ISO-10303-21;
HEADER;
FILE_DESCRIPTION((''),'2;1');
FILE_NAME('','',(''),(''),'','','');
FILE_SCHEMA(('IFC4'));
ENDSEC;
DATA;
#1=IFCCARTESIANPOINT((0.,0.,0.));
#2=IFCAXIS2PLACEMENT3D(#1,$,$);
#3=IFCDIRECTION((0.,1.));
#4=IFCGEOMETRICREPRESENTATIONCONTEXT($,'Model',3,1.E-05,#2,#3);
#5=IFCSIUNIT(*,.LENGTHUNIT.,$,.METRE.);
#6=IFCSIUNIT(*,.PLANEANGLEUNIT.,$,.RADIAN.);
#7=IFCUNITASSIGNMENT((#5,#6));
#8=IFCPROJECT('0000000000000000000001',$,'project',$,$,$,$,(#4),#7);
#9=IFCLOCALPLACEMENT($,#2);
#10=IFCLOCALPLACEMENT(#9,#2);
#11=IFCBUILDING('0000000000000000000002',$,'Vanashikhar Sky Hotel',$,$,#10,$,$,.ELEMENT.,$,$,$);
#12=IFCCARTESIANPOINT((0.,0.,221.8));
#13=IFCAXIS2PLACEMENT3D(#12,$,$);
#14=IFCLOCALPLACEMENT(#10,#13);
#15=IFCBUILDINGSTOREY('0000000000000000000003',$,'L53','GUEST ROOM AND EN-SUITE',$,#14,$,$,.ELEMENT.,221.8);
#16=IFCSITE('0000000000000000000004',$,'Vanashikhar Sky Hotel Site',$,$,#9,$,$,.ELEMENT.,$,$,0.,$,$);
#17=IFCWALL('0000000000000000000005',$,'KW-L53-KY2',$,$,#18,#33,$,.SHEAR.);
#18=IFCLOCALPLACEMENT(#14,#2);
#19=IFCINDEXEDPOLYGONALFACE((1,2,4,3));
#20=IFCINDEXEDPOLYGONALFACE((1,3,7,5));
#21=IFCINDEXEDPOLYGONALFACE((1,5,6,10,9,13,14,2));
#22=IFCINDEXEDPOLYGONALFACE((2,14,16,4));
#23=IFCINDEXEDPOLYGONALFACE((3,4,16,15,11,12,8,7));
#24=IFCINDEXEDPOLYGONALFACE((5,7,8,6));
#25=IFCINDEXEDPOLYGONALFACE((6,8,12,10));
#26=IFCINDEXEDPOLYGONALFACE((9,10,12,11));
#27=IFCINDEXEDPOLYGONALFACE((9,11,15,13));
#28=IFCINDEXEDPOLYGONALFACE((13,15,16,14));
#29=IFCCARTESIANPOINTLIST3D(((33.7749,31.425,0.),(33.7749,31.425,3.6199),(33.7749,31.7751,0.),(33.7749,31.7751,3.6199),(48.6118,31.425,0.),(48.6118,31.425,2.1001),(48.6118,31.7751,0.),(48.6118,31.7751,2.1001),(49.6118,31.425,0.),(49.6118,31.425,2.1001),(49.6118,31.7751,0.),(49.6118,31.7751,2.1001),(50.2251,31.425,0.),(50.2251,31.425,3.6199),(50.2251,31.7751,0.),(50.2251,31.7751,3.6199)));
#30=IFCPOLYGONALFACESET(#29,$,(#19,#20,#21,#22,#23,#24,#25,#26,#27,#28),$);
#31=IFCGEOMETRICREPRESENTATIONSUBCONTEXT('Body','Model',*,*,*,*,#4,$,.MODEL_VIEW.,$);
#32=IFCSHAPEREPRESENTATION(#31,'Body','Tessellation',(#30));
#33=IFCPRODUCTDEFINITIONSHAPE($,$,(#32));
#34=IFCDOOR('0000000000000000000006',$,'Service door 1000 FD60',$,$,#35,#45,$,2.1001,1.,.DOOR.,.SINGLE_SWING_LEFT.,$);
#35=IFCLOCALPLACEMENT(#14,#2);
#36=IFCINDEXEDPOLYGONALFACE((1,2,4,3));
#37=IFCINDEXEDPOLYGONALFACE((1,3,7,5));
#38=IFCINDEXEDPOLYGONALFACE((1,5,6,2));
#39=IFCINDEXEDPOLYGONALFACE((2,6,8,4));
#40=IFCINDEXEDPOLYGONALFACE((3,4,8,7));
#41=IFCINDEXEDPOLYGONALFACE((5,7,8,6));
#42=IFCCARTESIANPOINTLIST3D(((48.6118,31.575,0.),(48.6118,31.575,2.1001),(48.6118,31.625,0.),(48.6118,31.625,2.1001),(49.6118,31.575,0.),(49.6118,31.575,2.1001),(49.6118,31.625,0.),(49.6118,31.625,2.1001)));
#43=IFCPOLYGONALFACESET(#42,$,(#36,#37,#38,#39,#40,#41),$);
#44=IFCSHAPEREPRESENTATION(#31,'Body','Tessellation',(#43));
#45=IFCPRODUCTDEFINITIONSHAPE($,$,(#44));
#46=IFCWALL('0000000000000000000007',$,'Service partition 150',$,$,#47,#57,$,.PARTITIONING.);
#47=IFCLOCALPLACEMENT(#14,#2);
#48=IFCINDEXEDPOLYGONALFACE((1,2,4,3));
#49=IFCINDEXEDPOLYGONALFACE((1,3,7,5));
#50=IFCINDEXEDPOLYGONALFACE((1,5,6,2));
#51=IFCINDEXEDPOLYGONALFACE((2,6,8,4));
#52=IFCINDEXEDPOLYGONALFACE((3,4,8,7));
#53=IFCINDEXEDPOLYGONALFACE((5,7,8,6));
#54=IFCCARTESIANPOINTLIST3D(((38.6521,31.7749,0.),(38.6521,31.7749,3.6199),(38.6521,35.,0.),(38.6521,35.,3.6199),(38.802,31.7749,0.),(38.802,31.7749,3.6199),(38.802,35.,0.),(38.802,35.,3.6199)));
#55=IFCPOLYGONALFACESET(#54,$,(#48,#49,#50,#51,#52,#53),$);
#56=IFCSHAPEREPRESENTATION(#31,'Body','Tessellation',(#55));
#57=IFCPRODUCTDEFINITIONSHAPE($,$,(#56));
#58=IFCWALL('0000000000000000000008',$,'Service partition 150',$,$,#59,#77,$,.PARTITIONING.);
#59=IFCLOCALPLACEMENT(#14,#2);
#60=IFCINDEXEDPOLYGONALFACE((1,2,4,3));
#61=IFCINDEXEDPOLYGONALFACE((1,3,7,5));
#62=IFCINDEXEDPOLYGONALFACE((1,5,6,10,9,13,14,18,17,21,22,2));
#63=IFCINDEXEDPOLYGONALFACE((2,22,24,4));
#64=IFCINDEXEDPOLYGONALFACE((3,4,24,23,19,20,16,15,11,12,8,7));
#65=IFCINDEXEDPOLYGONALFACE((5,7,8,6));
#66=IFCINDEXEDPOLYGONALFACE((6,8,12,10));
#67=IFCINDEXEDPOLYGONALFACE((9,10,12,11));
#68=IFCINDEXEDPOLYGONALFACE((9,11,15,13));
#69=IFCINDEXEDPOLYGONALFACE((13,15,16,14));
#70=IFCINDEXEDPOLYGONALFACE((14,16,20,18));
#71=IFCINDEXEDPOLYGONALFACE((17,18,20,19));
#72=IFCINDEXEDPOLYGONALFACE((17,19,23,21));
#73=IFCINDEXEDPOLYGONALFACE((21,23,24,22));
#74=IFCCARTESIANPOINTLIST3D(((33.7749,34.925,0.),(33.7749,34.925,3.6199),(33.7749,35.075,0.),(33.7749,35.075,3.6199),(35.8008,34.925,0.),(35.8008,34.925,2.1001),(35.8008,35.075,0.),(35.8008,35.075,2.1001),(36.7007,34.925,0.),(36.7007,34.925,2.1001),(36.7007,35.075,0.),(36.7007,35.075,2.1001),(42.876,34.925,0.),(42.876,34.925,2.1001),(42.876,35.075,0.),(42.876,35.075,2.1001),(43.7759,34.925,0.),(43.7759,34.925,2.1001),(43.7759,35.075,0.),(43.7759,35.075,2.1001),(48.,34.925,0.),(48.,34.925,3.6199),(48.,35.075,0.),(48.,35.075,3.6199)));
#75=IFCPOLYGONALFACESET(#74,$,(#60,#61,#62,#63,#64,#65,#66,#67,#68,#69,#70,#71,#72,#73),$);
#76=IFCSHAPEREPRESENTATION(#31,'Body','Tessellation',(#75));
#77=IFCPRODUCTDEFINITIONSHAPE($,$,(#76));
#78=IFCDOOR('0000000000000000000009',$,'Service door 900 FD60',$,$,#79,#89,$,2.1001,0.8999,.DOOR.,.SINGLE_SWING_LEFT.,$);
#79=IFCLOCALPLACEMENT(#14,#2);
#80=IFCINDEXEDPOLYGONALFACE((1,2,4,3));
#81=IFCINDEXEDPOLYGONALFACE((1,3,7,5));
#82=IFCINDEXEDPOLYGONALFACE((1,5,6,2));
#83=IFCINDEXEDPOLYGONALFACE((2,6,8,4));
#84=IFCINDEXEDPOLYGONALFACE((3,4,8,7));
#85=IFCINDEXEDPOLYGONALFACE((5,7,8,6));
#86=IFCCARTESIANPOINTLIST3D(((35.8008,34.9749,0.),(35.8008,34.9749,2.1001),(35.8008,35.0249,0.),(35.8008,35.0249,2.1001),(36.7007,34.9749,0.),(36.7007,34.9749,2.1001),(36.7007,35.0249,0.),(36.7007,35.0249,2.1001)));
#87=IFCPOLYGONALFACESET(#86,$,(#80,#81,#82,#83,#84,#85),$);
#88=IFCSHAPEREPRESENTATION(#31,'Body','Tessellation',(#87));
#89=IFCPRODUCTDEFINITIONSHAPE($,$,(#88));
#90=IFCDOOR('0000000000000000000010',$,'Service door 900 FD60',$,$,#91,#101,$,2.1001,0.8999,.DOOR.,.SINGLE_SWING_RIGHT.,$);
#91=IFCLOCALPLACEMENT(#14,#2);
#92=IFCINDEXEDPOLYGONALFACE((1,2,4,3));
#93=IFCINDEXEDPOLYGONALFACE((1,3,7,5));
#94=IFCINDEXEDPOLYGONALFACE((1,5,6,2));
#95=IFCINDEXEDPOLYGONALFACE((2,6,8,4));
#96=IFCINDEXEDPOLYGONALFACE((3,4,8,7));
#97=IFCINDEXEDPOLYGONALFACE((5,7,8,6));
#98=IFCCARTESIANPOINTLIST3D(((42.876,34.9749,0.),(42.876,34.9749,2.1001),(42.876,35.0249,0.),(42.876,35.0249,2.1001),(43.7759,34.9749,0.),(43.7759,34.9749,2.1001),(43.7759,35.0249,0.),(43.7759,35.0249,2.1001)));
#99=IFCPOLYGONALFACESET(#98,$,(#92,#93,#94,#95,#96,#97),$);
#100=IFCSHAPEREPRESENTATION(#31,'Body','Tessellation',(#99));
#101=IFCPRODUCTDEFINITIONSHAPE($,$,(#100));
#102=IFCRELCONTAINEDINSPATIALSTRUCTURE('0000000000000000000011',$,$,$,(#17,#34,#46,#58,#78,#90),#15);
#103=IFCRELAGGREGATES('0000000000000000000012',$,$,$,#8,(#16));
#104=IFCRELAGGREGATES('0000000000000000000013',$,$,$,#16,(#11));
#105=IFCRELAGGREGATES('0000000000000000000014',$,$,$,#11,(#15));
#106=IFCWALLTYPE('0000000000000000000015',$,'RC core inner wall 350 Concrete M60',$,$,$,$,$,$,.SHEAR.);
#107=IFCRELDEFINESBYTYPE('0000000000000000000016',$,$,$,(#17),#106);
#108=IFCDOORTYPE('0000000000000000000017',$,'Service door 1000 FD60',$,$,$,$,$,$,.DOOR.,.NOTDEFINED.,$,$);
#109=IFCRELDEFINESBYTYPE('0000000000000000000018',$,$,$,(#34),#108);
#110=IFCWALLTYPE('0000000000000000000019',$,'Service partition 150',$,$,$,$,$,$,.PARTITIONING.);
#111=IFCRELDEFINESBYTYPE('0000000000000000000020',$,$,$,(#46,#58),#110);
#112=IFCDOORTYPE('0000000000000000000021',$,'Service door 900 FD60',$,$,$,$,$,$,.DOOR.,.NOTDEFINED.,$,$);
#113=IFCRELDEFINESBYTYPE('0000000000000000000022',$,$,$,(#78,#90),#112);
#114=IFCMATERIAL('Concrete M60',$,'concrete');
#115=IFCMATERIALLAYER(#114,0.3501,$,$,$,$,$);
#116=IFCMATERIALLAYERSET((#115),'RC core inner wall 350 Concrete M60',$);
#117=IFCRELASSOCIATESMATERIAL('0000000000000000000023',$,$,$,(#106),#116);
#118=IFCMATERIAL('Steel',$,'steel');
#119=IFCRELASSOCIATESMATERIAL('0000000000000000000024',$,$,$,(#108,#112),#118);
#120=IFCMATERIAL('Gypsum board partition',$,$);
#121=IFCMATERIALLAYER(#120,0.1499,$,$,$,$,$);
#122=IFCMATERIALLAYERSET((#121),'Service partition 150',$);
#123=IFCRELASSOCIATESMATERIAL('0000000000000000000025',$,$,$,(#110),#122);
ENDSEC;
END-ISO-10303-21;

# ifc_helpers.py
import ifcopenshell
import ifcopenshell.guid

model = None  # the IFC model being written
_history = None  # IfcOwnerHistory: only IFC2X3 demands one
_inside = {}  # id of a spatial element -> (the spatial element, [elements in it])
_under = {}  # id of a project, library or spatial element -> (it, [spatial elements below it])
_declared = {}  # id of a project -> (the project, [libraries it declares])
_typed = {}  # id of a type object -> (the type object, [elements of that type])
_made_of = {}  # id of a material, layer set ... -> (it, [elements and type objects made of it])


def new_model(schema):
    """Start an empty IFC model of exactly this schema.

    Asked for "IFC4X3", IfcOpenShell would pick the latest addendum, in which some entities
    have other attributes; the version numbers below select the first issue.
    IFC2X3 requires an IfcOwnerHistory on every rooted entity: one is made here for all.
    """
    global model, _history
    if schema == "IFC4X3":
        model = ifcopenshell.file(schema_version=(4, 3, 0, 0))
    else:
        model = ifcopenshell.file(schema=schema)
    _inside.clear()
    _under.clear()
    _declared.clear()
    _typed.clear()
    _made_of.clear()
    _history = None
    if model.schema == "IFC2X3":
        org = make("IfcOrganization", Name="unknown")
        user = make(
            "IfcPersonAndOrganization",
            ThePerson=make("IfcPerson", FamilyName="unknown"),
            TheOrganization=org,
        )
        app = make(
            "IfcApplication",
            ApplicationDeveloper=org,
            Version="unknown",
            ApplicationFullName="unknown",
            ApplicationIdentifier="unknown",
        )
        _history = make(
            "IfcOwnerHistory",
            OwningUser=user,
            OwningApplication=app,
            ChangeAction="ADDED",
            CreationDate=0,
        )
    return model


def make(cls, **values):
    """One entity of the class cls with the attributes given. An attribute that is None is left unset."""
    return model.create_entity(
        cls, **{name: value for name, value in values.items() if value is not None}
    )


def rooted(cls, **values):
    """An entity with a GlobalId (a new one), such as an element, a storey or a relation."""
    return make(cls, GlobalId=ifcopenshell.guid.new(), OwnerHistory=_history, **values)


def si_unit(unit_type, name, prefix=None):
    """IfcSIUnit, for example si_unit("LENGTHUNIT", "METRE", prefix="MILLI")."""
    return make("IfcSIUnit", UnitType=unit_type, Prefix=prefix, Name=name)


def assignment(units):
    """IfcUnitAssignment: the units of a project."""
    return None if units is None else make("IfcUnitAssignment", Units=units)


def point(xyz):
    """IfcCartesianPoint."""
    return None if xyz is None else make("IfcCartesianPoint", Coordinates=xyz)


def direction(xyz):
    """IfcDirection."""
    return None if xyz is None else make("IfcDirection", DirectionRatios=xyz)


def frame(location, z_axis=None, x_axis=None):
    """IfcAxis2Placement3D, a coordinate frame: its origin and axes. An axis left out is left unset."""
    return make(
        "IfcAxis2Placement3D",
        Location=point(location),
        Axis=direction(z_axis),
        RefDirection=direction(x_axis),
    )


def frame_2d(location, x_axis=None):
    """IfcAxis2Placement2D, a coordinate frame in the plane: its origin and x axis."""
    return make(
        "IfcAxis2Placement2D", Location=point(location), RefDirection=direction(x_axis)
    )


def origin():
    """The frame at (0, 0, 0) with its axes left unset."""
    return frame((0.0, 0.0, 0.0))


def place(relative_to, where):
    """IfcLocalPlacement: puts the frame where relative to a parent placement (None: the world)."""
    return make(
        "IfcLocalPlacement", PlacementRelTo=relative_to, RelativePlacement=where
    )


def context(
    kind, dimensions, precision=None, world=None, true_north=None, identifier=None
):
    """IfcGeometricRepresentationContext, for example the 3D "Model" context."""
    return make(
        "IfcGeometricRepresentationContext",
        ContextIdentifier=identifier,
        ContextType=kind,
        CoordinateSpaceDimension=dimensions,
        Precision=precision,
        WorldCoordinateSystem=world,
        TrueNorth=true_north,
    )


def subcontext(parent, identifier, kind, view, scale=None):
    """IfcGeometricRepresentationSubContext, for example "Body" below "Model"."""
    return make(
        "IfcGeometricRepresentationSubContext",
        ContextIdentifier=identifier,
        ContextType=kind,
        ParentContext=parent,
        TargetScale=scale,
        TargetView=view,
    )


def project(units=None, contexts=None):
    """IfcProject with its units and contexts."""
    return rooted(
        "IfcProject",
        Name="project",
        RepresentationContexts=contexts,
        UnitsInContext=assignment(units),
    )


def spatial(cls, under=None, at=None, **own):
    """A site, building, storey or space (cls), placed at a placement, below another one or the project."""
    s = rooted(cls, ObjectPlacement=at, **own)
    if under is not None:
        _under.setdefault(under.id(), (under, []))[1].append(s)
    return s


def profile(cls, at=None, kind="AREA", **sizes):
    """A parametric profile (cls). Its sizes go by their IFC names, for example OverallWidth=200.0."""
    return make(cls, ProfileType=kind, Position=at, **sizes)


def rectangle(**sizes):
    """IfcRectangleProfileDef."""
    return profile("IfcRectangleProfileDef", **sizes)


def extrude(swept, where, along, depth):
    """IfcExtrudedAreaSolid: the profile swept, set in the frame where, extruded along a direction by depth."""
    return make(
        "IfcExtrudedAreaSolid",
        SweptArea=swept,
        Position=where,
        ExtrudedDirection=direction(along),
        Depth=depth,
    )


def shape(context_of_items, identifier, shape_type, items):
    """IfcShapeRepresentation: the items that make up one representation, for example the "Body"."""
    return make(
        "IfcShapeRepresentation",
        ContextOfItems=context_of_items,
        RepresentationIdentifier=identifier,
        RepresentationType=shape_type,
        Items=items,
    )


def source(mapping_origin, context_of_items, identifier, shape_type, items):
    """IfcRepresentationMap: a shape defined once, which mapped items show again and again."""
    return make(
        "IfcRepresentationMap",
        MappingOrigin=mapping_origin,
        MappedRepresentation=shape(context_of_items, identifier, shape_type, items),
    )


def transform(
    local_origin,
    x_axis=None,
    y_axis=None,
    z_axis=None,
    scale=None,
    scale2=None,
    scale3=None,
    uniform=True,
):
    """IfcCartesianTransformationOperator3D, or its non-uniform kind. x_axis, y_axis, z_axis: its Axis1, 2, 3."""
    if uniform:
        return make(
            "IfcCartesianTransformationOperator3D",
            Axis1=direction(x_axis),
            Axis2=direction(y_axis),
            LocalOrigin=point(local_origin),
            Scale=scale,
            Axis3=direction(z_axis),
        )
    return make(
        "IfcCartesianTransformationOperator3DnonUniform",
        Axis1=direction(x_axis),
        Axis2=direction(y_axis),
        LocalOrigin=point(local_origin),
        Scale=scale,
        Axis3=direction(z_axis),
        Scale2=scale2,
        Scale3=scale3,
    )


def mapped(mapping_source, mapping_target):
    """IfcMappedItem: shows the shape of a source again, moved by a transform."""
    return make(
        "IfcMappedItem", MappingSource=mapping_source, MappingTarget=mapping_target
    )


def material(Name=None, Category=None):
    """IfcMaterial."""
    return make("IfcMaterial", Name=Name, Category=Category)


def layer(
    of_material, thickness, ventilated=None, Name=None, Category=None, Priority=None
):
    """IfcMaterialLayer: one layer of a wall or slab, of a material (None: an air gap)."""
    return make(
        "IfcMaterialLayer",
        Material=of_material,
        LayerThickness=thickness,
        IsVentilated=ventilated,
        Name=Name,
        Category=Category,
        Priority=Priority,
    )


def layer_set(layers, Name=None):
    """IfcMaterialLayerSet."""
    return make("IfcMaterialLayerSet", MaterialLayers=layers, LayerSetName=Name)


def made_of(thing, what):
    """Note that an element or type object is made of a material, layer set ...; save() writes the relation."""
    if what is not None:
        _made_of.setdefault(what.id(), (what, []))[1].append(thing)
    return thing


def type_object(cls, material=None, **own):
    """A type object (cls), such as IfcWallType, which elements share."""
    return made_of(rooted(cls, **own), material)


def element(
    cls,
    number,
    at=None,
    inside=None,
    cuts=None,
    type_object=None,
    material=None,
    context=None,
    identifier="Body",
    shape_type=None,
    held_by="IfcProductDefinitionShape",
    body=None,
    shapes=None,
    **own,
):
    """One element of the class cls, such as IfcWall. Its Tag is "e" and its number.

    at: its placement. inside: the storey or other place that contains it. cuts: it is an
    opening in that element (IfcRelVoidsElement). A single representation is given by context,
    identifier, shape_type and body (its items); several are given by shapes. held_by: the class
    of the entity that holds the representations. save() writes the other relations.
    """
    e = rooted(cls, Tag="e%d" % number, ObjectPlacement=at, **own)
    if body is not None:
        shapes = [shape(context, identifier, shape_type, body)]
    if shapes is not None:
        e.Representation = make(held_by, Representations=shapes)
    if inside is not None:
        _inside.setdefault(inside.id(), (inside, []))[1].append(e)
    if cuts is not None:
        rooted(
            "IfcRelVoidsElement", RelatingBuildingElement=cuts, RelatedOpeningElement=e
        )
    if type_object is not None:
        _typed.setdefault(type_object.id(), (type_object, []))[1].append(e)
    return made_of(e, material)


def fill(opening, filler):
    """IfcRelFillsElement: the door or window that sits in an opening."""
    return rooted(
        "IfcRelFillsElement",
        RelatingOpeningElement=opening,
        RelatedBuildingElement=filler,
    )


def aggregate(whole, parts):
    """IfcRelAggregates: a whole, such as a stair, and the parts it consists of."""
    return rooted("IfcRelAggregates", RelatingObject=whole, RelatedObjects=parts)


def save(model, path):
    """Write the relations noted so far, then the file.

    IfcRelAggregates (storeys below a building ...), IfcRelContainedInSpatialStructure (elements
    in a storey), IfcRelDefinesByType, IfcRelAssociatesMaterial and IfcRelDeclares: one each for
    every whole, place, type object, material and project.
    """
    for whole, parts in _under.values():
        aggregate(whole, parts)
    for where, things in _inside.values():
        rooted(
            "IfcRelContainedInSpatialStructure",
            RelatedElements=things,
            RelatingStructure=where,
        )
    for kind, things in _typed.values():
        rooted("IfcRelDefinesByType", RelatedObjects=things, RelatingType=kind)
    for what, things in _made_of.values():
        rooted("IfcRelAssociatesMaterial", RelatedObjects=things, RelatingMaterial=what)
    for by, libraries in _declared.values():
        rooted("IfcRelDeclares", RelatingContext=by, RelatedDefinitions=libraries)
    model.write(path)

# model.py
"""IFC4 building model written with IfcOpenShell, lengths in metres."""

from ifc_helpers import new_model, si_unit, direction, frame, frame_2d, origin, place, context, subcontext, project, spatial, rectangle, extrude, source, transform, mapped, material, layer, layer_set, type_object, element, fill, save


model = new_model("IFC4")

# Units and contexts
model_context = context("Model", 3, precision=1e-05, world=origin(), true_north=direction((0.0, 1.0)))
body_context = subcontext(model_context, "Body", "Model", "MODEL_VIEW")
ifc_project = project(units=[si_unit("LENGTHUNIT", "METRE"), si_unit("PLANEANGLEUNIT", "RADIAN")], contexts=[model_context])

# Site, building, storey
site_placement = place(None, origin())
site = spatial("IfcSite", under=ifc_project, at=site_placement, Name="Vanashikhar Sky Hotel Site", CompositionType="ELEMENT", RefElevation=0.0)
building_placement = place(site_placement, origin())
building = spatial("IfcBuilding", under=site, at=building_placement, Name="Vanashikhar Sky Hotel", CompositionType="ELEMENT")
storey_placement = place(building_placement, frame((0.0, 0.0, 221.8)))
storey = spatial("IfcBuildingStorey", under=building, at=storey_placement, Name="L53", Description="GUEST ROOM AND EN-SUITE", CompositionType="ELEMENT", Elevation=221.8)

# Wall, opening, door
ifc_material_1 = material(Name="Concrete M60", Category="concrete")
ifc_layer_1 = layer(ifc_material_1, 0.3501)
ifc_layer_set_1 = layer_set([ifc_layer_1], Name="RC core inner wall 350 Concrete M60")
wall_type_1 = type_object("IfcWallType", Name="RC core inner wall 350 Concrete M60", PredefinedType="SHEAR", material=ifc_layer_set_1)
shared_shape_1 = source(origin(), body_context, "Body", "SweptSolid", [
    extrude(rectangle(XDim=16.4502, YDim=0.3501, at=frame_2d((8.2251, 0.0))), origin(), (0.0, 0.0, 1.0), 3.6199),
])
wall_1_placement = place(storey_placement, frame((33.7749, 31.6001, 0.0), z_axis=(0.0, 0.0, 1.0), x_axis=(1.0, 0.0, 0.0)))
wall_1 = element("IfcWall", 1, at=wall_1_placement, inside=storey, type_object=wall_type_1, Name="KW-L53-KY2", PredefinedType="SHEAR", context=body_context, shape_type="MappedRepresentation", body=[
    mapped(shared_shape_1, transform((0.0, 0.0, 0.0), scale=1.0)),
])
shared_shape_2 = source(origin(), body_context, "Body", "SweptSolid", [
    extrude(rectangle(XDim=1.0, YDim=2.1001, at=frame_2d((0.5, 1.05))), frame((0.0, 0.1851, 0.0), z_axis=(0.0, -1.0, 0.0), x_axis=(1.0, 0.0, 0.0)), (0.0, 0.0, 1.0), 0.3701),
])
opening_1_placement = place(wall_1_placement, frame((14.8369, 0.0, 0.0)))
opening_1 = element("IfcOpeningElement", 2, at=opening_1_placement, cuts=wall_1, PredefinedType="OPENING", context=body_context, shape_type="MappedRepresentation", body=[
    mapped(shared_shape_2, transform((0.0, 0.0, 0.0), scale=1.0)),
])
ifc_material_2 = material(Name="Steel", Category="steel")
door_type_1 = type_object("IfcDoorType", Name="Service door 1000 FD60", OperationType="NOTDEFINED", PredefinedType="DOOR", material=ifc_material_2)
shared_shape_3 = source(origin(), body_context, "Body", "SweptSolid", [
    extrude(rectangle(XDim=1.0, YDim=2.1001, at=frame_2d((0.5, 1.05))), frame((0.0, 0.0249, 0.0), z_axis=(0.0, -1.0, 0.0), x_axis=(1.0, 0.0, 0.0)), (0.0, 0.0, 1.0), 0.05),
])
door_1_placement = place(opening_1_placement, origin())
door_1 = element("IfcDoor", 3, at=door_1_placement, inside=storey, type_object=door_type_1, Name="Service door 1000 FD60", OperationType="SINGLE_SWING_LEFT", OverallHeight=2.1001, OverallWidth=1.0, PredefinedType="DOOR", context=body_context, shape_type="MappedRepresentation", body=[
    mapped(shared_shape_3, transform((0.0, 0.0, 0.0), scale=1.0)),
])
fill(opening_1, door_1)

# Wall
ifc_material_3 = material(Name="Gypsum board partition")
ifc_layer_2 = layer(ifc_material_3, 0.1499)
ifc_layer_set_2 = layer_set([ifc_layer_2], Name="Service partition 150")
wall_type_2 = type_object("IfcWallType", Name="Service partition 150", PredefinedType="PARTITIONING", material=ifc_layer_set_2)
shared_shape_4 = source(origin(), body_context, "Body", "SweptSolid", [
    extrude(rectangle(XDim=3.2251, YDim=0.1499, at=frame_2d((1.6125, 0.0))), origin(), (0.0, 0.0, 1.0), 3.6199),
])
wall_2_placement = place(storey_placement, frame((38.7271, 31.7749, 0.0), z_axis=(0.0, 0.0, 1.0), x_axis=(0.0, 1.0, 0.0)))
element("IfcWall", 4, at=wall_2_placement, inside=storey, type_object=wall_type_2, Name="Service partition 150", PredefinedType="PARTITIONING", context=body_context, shape_type="MappedRepresentation", body=[
    mapped(shared_shape_4, transform((0.0, 0.0, 0.0), scale=1.0)),
])

# Wall, openings, doors
shared_shape_5 = source(origin(), body_context, "Body", "SweptSolid", [
    extrude(rectangle(XDim=14.2251, YDim=0.1499, at=frame_2d((7.1125, 0.0))), origin(), (0.0, 0.0, 1.0), 3.6199),
])
wall_3_placement = place(storey_placement, frame((33.7749, 35.0, 0.0), z_axis=(0.0, 0.0, 1.0), x_axis=(1.0, 0.0, 0.0)))
wall_3 = element("IfcWall", 5, at=wall_3_placement, inside=storey, type_object=wall_type_2, Name="Service partition 150", PredefinedType="PARTITIONING", context=body_context, shape_type="MappedRepresentation", body=[
    mapped(shared_shape_5, transform((0.0, 0.0, 0.0), scale=1.0)),
])
shared_shape_6 = source(origin(), body_context, "Body", "SweptSolid", [
    extrude(rectangle(XDim=0.8999, YDim=2.1001, at=frame_2d((0.45, 1.05))), frame((0.0, 0.085, 0.0), z_axis=(0.0, -1.0, 0.0), x_axis=(1.0, 0.0, 0.0)), (0.0, 0.0, 1.0), 0.1699),
])
opening_2_placement = place(wall_3_placement, frame((2.0259, 0.0, 0.0)))
opening_2 = element("IfcOpeningElement", 6, at=opening_2_placement, cuts=wall_3, PredefinedType="OPENING", context=body_context, shape_type="MappedRepresentation", body=[
    mapped(shared_shape_6, transform((0.0, 0.0, 0.0), scale=1.0)),
])
opening_3_placement = place(wall_3_placement, frame((9.1011, 0.0, 0.0)))
opening_3 = element("IfcOpeningElement", 7, at=opening_3_placement, cuts=wall_3, PredefinedType="OPENING", context=body_context, shape_type="MappedRepresentation", body=[
    mapped(shared_shape_6, transform((0.0, 0.0, 0.0), scale=1.0)),
])
door_type_2 = type_object("IfcDoorType", Name="Service door 900 FD60", OperationType="NOTDEFINED", PredefinedType="DOOR", material=ifc_material_2)
shared_shape_7 = source(origin(), body_context, "Body", "SweptSolid", [
    extrude(rectangle(XDim=0.8999, YDim=2.1001, at=frame_2d((0.45, 1.05))), frame((0.0, 0.0249, 0.0), z_axis=(0.0, -1.0, 0.0), x_axis=(1.0, 0.0, 0.0)), (0.0, 0.0, 1.0), 0.05),
])
door_2_placement = place(opening_2_placement, origin())
door_2 = element("IfcDoor", 8, at=door_2_placement, inside=storey, type_object=door_type_2, Name="Service door 900 FD60", OperationType="SINGLE_SWING_LEFT", OverallHeight=2.1001, OverallWidth=0.8999, PredefinedType="DOOR", context=body_context, shape_type="MappedRepresentation", body=[
    mapped(shared_shape_7, transform((0.0, 0.0, 0.0), scale=1.0)),
])
fill(opening_2, door_2)
door_3_placement = place(opening_3_placement, origin())
door_3 = element("IfcDoor", 9, at=door_3_placement, inside=storey, type_object=door_type_2, Name="Service door 900 FD60", OperationType="SINGLE_SWING_RIGHT", OverallHeight=2.1001, OverallWidth=0.8999, PredefinedType="DOOR", context=body_context, shape_type="MappedRepresentation", body=[
    mapped(shared_shape_7, transform((0.0, 0.0, 0.0), scale=1.0)),
])
fill(opening_3, door_3)

save(model, "model.ifc")
